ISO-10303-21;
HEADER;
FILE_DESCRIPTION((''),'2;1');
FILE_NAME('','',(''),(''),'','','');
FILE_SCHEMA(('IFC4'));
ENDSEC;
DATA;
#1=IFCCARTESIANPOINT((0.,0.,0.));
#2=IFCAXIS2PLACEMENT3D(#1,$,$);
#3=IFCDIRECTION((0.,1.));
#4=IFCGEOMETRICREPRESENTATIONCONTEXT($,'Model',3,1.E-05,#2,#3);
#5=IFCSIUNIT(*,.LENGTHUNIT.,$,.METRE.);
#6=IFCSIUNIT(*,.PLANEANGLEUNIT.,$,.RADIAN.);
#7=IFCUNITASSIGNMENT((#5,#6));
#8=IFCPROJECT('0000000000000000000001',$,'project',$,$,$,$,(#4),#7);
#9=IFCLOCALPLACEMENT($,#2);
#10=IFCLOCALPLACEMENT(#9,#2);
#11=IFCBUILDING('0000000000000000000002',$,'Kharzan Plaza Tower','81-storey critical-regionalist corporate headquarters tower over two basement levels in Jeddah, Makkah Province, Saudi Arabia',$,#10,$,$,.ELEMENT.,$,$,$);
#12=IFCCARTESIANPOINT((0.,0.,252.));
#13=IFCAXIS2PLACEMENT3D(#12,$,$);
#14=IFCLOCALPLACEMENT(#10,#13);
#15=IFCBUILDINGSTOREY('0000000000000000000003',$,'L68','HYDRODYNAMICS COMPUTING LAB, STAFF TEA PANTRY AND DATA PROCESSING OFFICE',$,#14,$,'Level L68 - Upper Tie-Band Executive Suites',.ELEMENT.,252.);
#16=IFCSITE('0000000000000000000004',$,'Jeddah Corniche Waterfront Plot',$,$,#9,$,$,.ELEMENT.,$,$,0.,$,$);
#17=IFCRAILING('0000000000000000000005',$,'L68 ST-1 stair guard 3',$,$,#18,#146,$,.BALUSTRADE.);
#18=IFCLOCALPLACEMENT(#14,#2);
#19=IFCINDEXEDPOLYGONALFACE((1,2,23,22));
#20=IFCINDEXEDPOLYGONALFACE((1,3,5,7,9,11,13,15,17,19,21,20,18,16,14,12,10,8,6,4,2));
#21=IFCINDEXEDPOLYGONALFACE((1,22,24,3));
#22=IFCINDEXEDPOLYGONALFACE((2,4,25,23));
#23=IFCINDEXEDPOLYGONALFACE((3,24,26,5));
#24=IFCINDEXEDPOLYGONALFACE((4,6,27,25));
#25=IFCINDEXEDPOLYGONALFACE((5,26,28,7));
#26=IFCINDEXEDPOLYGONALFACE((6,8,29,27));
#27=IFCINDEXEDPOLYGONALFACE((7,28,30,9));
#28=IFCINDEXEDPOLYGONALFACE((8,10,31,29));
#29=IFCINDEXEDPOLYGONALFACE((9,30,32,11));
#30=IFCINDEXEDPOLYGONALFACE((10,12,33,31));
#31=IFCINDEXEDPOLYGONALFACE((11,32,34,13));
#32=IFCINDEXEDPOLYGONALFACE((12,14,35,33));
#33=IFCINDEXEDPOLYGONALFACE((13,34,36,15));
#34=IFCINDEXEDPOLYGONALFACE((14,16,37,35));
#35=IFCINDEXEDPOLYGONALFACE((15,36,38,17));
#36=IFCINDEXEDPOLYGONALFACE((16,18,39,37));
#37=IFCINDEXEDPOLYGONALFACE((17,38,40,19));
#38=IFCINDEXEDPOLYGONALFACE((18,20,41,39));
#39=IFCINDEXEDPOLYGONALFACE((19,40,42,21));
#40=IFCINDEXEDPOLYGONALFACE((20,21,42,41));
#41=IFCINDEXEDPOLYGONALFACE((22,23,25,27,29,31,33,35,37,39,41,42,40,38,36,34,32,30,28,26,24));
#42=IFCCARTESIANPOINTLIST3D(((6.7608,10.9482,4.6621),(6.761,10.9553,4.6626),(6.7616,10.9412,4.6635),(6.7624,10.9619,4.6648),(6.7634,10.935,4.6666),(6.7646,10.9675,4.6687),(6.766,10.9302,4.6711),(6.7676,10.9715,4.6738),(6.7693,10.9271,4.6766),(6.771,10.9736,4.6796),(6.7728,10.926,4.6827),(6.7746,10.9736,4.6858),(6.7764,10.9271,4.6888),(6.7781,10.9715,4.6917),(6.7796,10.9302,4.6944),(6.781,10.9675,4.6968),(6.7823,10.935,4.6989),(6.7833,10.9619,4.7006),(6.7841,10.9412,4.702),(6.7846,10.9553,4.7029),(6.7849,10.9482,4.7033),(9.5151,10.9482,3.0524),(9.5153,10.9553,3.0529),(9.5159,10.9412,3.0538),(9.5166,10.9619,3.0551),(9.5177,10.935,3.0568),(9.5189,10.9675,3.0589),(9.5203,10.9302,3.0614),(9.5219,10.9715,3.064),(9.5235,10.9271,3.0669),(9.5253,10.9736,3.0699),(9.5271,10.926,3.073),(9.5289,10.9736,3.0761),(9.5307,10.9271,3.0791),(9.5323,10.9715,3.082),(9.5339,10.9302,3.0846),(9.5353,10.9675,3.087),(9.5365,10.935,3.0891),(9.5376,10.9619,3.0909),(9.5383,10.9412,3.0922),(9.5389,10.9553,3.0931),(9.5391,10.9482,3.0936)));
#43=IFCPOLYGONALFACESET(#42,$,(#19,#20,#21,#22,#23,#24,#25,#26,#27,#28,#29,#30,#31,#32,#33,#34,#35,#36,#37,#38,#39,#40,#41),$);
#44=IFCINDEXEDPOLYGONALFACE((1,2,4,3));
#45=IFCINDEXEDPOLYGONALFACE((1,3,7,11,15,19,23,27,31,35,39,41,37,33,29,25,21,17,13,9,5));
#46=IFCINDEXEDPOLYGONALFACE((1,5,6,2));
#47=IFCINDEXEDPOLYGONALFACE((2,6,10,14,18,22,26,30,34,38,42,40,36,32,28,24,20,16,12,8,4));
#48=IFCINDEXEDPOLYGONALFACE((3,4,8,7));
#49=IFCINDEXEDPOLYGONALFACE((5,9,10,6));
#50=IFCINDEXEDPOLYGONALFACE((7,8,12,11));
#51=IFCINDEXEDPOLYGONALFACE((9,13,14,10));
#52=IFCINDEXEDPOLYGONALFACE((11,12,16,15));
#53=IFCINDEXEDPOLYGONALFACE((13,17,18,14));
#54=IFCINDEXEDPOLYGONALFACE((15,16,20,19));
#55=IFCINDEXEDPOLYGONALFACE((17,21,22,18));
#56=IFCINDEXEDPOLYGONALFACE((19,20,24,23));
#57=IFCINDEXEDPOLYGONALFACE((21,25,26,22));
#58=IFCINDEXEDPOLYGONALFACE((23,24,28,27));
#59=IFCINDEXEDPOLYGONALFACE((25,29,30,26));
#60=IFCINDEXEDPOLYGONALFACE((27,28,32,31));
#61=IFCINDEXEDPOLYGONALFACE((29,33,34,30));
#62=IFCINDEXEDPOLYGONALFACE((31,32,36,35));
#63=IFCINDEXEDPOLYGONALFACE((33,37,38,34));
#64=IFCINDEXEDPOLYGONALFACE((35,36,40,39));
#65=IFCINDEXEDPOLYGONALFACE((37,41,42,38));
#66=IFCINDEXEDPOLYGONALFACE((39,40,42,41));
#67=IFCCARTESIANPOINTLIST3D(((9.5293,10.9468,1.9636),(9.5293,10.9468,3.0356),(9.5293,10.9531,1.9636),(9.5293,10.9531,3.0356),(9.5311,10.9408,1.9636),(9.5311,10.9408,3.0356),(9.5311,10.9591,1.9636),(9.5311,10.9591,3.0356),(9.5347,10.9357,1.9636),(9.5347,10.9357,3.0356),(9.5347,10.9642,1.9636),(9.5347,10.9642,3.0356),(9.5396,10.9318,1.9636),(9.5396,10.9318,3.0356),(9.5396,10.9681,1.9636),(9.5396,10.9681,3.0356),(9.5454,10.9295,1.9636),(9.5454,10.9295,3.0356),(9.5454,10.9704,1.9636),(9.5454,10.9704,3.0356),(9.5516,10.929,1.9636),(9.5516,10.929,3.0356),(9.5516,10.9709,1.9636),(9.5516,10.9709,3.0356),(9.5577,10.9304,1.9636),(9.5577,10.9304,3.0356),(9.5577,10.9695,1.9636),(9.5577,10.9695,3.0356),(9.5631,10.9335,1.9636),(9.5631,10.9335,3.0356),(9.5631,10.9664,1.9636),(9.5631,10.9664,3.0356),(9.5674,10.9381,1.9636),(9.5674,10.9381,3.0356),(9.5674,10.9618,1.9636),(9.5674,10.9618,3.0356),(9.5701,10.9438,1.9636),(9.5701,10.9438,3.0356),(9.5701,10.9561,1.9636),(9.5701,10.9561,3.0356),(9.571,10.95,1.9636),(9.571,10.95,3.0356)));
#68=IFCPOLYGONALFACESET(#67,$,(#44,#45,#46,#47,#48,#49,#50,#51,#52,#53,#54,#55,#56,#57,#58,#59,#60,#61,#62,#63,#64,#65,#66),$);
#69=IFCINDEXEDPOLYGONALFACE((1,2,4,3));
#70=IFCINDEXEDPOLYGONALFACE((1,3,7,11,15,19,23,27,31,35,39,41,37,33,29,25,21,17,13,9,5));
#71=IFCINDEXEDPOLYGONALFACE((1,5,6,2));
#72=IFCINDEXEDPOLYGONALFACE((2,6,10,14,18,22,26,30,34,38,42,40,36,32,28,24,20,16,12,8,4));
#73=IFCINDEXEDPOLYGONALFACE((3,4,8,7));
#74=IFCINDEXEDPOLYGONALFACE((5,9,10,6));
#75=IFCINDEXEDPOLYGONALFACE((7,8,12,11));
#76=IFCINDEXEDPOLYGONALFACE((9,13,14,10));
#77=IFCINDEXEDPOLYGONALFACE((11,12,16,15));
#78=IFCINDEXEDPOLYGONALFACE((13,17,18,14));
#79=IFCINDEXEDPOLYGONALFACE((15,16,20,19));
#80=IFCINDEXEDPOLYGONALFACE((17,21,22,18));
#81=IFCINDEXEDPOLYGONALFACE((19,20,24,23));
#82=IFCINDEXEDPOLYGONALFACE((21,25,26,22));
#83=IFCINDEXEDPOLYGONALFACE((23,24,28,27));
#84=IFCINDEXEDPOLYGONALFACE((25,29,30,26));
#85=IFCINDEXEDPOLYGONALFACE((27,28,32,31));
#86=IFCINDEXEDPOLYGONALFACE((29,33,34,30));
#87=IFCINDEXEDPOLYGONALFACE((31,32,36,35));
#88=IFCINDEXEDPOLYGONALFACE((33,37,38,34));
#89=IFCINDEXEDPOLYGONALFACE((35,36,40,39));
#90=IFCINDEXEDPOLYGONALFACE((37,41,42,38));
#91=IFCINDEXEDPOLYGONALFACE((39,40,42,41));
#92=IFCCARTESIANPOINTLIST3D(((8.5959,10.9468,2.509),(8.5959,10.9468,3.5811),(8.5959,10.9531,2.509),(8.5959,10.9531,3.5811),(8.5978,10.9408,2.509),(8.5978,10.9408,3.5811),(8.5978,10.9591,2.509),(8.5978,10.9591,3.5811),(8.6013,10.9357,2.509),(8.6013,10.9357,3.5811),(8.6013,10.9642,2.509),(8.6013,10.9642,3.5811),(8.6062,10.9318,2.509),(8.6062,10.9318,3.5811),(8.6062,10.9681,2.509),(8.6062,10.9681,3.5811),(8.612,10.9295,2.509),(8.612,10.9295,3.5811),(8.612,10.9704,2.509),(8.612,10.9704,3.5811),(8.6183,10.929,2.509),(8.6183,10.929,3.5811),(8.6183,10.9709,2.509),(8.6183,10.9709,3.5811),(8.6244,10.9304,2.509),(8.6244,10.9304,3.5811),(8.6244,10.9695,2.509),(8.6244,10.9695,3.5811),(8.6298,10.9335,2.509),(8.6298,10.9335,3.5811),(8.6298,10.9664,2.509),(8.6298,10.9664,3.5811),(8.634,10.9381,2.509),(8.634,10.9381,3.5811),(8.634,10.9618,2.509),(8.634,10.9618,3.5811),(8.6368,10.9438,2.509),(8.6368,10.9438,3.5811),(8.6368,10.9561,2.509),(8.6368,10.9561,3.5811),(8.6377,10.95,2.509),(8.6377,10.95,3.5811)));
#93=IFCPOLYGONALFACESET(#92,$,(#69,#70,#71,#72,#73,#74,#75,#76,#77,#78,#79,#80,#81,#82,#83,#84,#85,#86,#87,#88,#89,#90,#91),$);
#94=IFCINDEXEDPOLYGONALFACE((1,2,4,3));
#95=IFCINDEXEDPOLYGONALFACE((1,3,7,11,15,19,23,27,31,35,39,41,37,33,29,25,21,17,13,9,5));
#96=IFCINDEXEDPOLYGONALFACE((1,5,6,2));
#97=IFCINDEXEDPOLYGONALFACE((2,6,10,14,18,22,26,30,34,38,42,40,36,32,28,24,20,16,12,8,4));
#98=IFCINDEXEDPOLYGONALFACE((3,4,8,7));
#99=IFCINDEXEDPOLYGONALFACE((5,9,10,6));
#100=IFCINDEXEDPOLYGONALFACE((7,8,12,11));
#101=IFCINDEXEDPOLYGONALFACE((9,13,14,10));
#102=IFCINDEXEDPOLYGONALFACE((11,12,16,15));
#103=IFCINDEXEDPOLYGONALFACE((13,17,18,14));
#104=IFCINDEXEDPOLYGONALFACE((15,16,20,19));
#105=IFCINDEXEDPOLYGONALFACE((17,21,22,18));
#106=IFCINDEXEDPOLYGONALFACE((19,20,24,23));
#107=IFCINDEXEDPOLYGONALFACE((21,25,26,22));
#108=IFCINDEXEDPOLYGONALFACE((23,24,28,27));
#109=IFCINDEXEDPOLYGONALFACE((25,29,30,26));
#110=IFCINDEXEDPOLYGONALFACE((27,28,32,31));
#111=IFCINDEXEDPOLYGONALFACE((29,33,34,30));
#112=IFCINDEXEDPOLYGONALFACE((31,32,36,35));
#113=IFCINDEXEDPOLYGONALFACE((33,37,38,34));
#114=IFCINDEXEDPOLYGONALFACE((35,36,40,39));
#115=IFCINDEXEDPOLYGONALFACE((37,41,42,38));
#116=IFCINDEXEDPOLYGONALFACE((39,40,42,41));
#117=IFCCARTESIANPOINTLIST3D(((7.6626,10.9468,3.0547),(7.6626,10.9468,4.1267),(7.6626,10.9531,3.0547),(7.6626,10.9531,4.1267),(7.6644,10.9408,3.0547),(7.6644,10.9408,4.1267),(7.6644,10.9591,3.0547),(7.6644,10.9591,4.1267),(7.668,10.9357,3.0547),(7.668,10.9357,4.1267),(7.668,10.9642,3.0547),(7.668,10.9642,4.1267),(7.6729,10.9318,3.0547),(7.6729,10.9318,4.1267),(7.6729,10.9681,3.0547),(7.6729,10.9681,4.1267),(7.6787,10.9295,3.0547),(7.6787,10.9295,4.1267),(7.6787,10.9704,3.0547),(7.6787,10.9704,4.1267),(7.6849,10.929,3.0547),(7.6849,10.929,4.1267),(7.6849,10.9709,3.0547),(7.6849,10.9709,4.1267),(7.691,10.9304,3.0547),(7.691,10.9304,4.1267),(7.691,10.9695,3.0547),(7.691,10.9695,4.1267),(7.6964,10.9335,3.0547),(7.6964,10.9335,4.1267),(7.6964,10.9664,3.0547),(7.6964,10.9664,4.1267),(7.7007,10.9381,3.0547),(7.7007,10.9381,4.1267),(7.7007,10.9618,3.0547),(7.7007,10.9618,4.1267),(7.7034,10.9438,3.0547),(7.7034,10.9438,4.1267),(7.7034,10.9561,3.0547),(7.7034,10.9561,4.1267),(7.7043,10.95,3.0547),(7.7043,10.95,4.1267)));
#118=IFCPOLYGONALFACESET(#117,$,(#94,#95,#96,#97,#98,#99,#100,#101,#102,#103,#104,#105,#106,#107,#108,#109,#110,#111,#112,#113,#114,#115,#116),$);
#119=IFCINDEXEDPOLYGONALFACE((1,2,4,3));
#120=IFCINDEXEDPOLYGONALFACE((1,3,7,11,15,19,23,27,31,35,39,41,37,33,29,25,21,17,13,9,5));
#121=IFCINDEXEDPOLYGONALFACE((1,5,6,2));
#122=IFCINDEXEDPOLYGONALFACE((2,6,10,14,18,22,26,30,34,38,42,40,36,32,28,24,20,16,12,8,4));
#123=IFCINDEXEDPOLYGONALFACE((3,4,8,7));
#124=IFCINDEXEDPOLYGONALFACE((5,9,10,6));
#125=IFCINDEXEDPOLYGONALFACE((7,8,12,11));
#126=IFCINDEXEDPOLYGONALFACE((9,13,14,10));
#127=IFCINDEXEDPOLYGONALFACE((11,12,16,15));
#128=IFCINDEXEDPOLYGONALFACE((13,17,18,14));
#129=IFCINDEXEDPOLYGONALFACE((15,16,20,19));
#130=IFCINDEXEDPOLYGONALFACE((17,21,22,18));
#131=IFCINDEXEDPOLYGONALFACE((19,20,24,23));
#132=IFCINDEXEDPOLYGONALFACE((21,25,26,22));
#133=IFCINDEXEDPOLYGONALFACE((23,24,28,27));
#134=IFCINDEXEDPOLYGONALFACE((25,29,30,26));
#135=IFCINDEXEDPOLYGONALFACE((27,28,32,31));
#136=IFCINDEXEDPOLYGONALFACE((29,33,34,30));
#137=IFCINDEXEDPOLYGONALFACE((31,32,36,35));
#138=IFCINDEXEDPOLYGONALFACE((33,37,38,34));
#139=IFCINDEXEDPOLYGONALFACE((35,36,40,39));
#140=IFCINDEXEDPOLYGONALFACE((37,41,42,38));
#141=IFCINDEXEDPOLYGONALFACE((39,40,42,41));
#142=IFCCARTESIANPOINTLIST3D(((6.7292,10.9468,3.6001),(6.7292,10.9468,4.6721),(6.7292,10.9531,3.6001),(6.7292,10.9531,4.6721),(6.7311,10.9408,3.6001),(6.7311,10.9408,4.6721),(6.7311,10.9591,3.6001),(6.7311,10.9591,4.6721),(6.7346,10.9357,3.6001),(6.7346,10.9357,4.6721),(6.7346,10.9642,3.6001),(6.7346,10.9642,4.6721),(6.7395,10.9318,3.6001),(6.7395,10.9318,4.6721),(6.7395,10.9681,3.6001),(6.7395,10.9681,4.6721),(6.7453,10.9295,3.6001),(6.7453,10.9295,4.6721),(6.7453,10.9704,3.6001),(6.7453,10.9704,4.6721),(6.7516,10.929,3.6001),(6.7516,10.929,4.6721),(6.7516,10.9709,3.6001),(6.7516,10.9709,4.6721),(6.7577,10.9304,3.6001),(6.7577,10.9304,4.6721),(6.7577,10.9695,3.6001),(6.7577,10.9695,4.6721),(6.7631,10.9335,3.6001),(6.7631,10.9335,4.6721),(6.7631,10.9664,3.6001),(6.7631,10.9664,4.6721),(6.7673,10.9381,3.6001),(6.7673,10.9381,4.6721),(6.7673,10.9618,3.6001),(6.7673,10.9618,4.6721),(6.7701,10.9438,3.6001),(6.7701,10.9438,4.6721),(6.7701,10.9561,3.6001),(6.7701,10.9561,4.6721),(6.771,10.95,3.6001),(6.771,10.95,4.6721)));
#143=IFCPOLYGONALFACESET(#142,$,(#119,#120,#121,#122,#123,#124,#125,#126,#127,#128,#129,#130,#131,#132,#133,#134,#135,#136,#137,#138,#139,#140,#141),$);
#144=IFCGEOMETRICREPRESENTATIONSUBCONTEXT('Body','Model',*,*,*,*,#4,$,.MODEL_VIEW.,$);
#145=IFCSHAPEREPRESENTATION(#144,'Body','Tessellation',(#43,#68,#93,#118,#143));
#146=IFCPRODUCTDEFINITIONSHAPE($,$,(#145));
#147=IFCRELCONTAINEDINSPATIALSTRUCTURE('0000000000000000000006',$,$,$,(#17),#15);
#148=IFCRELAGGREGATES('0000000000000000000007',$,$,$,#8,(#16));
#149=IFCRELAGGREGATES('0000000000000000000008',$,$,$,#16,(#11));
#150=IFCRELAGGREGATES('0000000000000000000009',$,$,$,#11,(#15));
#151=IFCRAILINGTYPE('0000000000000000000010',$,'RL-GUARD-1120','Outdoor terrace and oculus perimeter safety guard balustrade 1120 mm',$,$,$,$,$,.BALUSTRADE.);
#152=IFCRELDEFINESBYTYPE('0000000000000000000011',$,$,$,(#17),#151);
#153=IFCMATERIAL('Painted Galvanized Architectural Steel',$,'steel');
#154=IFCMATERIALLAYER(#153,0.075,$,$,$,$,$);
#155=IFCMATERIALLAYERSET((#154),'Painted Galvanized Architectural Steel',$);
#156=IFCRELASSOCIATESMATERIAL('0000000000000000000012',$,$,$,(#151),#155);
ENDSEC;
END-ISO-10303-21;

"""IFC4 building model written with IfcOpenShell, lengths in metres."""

from ifc_helpers import new_model, si_unit, direction, frame, origin, origin_2d, place, context, subcontext, project, spatial, circle, extrude, source, transform, mapped, material, layer, layer_set, type_object, element, save


model = new_model("IFC4")

# Units and contexts
model_context = context("Model", 3, precision=1e-05, world=origin(), true_north=direction((0.0, 1.0)))
body_context = subcontext(model_context, "Body", "Model", "MODEL_VIEW")
ifc_project = project(units=[si_unit("LENGTHUNIT", "METRE"), si_unit("PLANEANGLEUNIT", "RADIAN")], contexts=[model_context])

# Site, building, storey
site_placement = place(None, origin())
site = spatial("IfcSite", under=ifc_project, at=site_placement, Name="Jeddah Corniche Waterfront Plot", CompositionType="ELEMENT", RefElevation=0.0)
building_placement = place(site_placement, origin())
building = spatial("IfcBuilding", under=site, at=building_placement, Name="Kharzan Plaza Tower", Description="81-storey critical-regionalist corporate headquarters tower over two basement levels in Jeddah, Makkah Province, Saudi Arabia", CompositionType="ELEMENT")
storey_placement = place(building_placement, frame((0.0, 0.0, 252.0)))
storey = spatial("IfcBuildingStorey", under=building, at=storey_placement, Name="L68", Description="HYDRODYNAMICS COMPUTING LAB, STAFF TEA PANTRY AND DATA PROCESSING OFFICE", LongName="Level L68 - Upper Tie-Band Executive Suites", CompositionType="ELEMENT", Elevation=252.0)

# Railing
ifc_material_1 = material(Name="Painted Galvanized Architectural Steel", Category="steel")
ifc_layer_1 = layer(ifc_material_1, 0.075)
ifc_layer_set_1 = layer_set([ifc_layer_1], Name="Painted Galvanized Architectural Steel")
railing_type_1 = type_object("IfcRailingType", Name="RL-GUARD-1120", Description="Outdoor terrace and oculus perimeter safety guard balustrade 1120 mm", PredefinedType="BALUSTRADE", material=ifc_layer_set_1)
shared_shape_1 = source(origin(), body_context, "Body", "SweptSolid", [
    extrude(circle(Radius=0.0239, at=origin_2d()), frame((-0.0229, 0.0, 1.1094), z_axis=(-0.863361, 0.0, 0.504587), x_axis=(0.0, -1.0, 0.0)), (0.0, 0.0, 1.0), 3.1902),
    extrude(circle(Radius=0.021, at=origin_2d()), origin(), (0.0, 0.0, 1.0), 1.072),
    extrude(circle(Radius=0.021, at=origin_2d()), frame((-0.9333, 0.0, 0.5454)), (0.0, 0.0, 1.0), 1.072),
    extrude(circle(Radius=0.021, at=origin_2d()), frame((-1.8667, 0.0, 1.0911)), (0.0, 0.0, 1.0), 1.072),
    extrude(circle(Radius=0.021, at=origin_2d()), frame((-2.8, 0.0, 1.6365)), (0.0, 0.0, 1.0), 1.072),
])
railing_1_placement = place(storey_placement, frame((9.55, 10.95, 1.9636)))
element("IfcRailing", 1, at=railing_1_placement, inside=storey, type_object=railing_type_1, Name="L68 ST-1 stair guard 3", PredefinedType="BALUSTRADE", context=body_context, shape_type="MappedRepresentation", body=[
    mapped(shared_shape_1, transform((0.0, 0.0, 0.0), x_axis=(1.0, 0.0, 0.0), y_axis=(0.0, 1.0, 0.0), z_axis=(0.0, 0.0, 1.0))),
])

save(model, "model.ifc")
